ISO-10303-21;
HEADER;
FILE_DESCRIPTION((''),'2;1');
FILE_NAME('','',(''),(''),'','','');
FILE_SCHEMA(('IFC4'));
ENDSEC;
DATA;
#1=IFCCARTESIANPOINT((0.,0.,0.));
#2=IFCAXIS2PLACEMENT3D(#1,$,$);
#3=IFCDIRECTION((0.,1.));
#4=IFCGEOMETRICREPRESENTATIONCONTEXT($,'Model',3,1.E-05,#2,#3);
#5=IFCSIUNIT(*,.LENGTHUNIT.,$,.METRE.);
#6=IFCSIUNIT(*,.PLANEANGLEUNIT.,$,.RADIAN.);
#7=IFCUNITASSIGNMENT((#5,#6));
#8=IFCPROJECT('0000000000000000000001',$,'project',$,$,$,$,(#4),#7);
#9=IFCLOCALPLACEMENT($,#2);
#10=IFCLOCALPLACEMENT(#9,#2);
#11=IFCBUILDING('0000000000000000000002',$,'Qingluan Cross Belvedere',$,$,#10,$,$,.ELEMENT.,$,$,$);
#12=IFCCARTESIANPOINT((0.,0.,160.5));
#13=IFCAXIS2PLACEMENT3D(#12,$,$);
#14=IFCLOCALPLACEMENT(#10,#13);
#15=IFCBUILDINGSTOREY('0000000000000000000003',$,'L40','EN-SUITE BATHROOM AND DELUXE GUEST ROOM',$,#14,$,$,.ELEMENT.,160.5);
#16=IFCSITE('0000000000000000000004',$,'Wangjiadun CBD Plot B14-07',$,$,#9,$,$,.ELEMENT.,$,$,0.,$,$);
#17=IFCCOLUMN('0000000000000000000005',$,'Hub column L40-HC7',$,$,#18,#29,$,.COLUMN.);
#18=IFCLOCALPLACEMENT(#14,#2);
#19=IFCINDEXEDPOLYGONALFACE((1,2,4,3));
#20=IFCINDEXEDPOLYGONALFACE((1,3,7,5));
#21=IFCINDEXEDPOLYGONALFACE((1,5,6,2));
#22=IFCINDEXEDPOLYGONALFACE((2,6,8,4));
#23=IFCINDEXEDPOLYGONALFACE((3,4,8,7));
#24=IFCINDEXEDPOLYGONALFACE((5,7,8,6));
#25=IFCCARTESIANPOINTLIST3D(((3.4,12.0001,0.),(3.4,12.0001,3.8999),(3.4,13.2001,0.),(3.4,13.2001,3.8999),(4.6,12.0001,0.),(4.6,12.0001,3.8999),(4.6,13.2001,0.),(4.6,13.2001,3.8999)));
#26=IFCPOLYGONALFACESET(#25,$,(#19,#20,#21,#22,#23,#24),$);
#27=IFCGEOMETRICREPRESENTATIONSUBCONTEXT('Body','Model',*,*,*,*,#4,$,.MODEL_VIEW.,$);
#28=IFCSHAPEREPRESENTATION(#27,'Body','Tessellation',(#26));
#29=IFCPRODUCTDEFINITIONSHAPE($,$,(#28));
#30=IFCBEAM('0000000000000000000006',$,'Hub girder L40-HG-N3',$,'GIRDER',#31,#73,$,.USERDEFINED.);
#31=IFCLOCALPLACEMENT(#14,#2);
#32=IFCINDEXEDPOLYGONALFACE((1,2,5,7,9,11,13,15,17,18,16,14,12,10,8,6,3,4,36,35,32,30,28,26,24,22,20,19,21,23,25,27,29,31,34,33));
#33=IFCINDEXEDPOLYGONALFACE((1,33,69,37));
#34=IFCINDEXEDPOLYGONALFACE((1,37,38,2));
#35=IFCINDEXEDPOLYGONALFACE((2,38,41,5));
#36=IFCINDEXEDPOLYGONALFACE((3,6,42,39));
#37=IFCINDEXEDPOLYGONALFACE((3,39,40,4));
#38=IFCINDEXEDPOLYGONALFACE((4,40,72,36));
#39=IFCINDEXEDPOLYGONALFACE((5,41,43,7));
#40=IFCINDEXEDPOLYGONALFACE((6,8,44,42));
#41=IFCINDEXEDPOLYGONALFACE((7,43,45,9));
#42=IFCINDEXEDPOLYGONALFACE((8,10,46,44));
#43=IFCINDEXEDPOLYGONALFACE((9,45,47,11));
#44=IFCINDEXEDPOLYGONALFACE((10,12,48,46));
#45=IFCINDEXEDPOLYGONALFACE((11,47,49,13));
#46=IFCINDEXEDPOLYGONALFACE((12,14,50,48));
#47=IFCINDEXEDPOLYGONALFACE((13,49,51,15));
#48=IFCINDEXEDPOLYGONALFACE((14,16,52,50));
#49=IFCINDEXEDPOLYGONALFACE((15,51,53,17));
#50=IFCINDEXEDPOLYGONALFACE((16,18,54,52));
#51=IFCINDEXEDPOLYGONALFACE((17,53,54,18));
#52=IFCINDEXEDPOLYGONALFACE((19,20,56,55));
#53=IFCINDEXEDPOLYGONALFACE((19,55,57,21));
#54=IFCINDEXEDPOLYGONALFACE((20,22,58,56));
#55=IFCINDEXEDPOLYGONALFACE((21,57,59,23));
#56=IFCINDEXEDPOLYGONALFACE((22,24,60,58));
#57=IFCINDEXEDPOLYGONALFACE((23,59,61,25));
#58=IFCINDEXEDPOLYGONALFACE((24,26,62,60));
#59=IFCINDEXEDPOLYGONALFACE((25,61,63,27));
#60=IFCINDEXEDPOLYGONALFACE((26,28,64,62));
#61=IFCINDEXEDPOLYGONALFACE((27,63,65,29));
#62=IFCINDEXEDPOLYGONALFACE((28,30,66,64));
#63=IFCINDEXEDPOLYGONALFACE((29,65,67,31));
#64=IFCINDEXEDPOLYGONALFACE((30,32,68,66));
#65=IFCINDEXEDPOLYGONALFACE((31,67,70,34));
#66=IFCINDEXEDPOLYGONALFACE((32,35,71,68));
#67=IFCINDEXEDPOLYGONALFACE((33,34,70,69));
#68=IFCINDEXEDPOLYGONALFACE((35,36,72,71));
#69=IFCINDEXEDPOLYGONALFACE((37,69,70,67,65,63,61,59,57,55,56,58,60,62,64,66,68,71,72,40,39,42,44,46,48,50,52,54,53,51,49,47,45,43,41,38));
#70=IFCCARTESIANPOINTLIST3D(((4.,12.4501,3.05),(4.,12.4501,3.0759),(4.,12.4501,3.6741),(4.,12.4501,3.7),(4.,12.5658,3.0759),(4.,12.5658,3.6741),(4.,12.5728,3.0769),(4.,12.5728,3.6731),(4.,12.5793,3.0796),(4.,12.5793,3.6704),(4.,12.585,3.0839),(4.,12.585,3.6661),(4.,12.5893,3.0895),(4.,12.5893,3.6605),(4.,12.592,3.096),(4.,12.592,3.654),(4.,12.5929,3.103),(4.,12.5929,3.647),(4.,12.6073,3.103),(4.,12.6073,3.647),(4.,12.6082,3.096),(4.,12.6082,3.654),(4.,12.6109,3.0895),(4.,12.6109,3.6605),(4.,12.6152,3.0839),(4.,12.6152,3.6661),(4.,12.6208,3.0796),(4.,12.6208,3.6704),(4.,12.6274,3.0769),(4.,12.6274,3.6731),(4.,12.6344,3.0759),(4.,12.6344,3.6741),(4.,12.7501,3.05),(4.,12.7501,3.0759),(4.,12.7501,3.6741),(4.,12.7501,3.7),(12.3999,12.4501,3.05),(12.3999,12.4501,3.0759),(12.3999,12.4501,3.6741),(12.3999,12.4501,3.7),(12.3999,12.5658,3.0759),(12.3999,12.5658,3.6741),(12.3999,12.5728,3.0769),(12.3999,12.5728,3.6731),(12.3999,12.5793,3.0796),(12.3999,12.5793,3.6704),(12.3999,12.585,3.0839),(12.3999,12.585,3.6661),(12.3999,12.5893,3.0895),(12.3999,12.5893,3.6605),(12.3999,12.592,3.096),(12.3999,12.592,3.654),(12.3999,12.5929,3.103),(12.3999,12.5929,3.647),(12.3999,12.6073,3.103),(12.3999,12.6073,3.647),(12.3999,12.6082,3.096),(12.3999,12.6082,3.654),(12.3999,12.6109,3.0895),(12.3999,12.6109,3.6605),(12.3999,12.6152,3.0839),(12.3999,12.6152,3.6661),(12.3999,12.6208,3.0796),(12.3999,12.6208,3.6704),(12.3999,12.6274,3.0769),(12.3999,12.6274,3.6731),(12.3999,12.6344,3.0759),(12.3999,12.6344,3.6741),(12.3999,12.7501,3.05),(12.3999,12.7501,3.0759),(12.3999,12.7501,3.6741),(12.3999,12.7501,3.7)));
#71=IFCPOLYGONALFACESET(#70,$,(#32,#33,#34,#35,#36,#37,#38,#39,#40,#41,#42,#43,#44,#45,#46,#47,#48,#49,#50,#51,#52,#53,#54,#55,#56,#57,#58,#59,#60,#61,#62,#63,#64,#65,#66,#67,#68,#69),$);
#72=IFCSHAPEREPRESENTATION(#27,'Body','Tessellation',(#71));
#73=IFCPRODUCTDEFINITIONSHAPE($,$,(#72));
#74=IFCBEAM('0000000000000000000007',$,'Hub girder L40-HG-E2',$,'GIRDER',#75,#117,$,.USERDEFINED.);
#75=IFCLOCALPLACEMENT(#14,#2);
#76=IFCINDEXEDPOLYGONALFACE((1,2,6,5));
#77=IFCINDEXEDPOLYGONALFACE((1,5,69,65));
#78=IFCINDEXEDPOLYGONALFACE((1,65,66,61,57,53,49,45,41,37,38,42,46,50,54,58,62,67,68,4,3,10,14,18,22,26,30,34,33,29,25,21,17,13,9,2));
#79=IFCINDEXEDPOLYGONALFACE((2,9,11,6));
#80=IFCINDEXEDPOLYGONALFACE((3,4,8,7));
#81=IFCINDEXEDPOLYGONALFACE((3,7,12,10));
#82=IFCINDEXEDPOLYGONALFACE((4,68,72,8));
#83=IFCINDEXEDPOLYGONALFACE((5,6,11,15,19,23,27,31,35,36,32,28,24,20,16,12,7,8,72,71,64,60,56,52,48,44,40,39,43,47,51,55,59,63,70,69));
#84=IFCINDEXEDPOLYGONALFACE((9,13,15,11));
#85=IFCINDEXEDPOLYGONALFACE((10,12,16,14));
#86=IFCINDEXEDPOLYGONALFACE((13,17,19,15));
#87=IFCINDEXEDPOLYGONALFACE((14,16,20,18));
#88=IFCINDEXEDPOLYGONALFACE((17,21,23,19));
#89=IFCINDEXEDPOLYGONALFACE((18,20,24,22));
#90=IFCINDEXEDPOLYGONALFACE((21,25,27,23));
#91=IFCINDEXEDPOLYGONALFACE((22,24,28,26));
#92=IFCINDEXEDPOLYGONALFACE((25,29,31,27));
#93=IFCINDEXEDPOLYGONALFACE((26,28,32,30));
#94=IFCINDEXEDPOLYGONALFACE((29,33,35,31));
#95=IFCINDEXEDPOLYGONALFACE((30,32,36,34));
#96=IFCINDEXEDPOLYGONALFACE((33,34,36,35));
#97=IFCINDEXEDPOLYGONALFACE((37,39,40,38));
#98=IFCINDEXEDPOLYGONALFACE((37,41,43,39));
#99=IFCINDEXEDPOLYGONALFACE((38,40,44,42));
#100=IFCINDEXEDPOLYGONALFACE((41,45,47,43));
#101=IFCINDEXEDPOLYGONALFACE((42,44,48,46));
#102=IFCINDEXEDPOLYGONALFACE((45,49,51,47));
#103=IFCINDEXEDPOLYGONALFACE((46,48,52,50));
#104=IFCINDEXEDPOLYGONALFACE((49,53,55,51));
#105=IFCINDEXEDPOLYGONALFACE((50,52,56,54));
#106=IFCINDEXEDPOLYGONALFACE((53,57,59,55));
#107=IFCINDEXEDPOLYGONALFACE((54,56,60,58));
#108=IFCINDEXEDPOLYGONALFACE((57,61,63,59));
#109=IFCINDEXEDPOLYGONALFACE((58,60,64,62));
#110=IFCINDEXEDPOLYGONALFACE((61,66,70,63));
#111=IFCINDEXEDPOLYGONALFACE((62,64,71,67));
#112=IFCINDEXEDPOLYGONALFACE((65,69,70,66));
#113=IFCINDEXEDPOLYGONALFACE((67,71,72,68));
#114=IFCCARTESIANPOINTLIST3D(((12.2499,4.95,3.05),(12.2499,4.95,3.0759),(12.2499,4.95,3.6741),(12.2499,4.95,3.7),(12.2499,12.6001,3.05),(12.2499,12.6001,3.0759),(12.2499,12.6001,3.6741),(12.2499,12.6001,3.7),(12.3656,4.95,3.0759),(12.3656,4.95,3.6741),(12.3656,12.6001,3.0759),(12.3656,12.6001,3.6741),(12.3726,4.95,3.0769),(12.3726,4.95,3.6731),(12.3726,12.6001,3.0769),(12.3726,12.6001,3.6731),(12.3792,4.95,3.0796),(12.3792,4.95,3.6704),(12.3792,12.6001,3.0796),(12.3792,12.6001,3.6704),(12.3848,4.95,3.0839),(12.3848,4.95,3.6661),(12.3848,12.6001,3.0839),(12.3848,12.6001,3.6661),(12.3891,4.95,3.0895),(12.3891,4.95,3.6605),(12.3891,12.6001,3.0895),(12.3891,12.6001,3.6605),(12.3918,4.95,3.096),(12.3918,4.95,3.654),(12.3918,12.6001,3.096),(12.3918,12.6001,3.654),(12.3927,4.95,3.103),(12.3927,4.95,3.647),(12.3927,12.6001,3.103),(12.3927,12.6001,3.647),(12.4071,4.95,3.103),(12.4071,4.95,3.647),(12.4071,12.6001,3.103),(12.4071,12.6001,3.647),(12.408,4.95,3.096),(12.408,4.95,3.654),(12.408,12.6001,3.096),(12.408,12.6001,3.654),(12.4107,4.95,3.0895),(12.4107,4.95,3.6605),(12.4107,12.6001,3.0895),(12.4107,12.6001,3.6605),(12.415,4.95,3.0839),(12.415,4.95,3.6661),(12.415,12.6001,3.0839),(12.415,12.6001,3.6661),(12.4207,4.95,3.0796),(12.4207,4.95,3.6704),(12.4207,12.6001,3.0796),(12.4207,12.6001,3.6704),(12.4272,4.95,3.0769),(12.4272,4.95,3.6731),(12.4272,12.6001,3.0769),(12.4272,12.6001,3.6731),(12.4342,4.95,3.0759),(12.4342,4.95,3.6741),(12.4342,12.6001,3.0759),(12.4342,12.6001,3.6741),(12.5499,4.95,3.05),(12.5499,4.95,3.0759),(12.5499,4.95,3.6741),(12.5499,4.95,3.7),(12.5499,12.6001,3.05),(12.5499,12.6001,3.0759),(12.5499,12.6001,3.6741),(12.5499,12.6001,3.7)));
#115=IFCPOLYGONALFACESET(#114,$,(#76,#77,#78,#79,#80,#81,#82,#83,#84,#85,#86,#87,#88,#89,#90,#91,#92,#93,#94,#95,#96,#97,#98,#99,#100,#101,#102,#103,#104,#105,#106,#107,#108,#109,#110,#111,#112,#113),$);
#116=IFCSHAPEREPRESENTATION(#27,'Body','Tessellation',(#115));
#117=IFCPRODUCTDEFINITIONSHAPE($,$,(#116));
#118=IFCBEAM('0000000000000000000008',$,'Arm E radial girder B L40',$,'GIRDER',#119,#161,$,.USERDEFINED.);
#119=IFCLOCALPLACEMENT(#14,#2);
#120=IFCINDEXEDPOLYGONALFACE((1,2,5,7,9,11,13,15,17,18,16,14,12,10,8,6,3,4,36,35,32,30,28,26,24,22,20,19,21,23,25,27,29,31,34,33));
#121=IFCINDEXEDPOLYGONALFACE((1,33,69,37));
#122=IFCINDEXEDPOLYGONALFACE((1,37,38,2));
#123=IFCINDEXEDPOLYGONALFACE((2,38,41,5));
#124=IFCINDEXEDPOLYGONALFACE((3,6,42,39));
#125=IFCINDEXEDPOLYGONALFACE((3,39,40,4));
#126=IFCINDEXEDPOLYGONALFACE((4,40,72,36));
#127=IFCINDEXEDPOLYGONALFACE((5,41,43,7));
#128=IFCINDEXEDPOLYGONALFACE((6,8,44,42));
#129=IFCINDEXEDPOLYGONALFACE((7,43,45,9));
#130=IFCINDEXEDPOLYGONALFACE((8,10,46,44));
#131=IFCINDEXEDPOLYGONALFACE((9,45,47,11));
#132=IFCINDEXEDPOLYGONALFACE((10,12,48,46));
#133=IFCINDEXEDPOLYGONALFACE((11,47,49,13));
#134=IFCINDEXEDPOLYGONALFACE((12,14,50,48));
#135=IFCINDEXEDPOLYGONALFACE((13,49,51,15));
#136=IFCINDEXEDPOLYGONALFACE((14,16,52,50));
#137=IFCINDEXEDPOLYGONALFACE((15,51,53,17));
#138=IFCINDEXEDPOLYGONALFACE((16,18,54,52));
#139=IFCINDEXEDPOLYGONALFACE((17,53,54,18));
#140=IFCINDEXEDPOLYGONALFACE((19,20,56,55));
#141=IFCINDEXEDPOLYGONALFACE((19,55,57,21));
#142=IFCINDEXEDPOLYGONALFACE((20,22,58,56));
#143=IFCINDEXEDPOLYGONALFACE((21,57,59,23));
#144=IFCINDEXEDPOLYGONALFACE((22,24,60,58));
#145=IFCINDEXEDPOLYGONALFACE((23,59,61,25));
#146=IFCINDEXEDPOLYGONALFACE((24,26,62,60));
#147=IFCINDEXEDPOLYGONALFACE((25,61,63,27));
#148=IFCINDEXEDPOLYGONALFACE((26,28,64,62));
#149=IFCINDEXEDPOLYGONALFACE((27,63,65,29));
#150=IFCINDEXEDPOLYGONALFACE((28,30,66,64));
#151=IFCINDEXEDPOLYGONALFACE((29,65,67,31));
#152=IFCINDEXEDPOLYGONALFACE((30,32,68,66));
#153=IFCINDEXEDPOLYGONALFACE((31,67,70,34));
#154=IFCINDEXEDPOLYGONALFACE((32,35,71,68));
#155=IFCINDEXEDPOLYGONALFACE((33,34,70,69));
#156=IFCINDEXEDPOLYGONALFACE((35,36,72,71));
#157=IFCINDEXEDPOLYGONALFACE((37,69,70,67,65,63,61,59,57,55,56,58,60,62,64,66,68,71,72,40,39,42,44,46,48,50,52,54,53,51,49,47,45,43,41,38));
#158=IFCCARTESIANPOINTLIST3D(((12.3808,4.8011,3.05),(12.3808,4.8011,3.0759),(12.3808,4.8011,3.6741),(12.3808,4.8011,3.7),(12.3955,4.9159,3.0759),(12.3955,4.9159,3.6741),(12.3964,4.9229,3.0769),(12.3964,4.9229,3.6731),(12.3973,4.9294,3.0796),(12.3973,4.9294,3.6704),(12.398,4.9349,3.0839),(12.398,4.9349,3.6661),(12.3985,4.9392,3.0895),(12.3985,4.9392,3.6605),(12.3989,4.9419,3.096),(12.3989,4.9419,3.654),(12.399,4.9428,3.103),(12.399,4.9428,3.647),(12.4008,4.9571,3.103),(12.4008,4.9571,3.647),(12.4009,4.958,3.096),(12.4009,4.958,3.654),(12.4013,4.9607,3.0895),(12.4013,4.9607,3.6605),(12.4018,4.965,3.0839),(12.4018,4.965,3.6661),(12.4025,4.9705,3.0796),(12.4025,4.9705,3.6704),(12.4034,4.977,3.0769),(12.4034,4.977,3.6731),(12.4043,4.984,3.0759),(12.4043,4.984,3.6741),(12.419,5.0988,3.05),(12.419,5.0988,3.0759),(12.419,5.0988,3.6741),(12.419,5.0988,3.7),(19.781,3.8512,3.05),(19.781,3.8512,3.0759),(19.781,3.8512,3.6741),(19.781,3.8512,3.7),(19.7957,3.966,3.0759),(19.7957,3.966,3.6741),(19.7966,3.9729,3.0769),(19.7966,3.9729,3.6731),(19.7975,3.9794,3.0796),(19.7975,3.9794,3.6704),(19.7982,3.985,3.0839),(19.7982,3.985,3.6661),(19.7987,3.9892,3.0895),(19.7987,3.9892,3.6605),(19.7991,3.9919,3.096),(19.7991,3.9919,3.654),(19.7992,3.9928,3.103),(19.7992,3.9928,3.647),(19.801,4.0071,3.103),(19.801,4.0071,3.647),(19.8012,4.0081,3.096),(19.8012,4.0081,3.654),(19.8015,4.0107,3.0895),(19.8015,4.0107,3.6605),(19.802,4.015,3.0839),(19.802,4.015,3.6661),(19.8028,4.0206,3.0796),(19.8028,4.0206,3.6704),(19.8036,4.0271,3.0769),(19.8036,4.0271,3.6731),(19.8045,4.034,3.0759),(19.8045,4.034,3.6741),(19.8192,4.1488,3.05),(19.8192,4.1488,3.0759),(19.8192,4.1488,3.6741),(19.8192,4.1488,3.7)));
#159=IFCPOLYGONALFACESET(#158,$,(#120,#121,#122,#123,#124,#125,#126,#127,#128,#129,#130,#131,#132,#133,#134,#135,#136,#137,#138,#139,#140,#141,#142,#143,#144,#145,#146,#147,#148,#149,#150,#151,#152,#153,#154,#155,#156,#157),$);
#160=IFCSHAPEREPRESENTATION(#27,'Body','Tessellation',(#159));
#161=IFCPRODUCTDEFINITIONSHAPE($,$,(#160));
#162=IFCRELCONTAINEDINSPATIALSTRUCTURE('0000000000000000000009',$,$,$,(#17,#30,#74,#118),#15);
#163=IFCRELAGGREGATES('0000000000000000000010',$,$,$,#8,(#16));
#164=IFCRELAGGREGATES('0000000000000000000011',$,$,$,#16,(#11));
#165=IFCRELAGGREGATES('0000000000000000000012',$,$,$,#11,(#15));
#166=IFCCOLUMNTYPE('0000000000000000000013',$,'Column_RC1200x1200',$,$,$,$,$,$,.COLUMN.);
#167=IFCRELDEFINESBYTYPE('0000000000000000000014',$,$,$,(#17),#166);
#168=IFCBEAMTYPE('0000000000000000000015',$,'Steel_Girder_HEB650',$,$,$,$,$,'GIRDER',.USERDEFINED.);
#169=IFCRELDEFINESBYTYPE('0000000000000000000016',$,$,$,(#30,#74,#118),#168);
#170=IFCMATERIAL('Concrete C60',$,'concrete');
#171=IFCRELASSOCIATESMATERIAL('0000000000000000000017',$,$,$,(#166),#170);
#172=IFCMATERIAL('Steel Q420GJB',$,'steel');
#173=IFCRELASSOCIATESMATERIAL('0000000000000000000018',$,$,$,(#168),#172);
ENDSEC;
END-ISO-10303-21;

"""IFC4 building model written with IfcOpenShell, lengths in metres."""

from ifc_helpers import new_model, si_unit, direction, frame, origin, origin_2d, place, context, subcontext, project, spatial, rectangle, i_section, extrude, material, material_profile, profile_set, type_object, element, save


model = new_model("IFC4")

# Units and contexts
model_context = context("Model", 3, precision=1e-05, world=origin(), true_north=direction((0.0, 1.0)))
body_context = subcontext(model_context, "Body", "Model", "MODEL_VIEW")
ifc_project = project(units=[si_unit("LENGTHUNIT", "METRE"), si_unit("PLANEANGLEUNIT", "RADIAN")], contexts=[model_context])

# Site, building, storey
site_placement = place(None, origin())
site = spatial("IfcSite", under=ifc_project, at=site_placement, Name="Wangjiadun CBD Plot B14-07", CompositionType="ELEMENT", RefElevation=0.0)
building_placement = place(site_placement, origin())
building = spatial("IfcBuilding", under=site, at=building_placement, Name="Qingluan Cross Belvedere", CompositionType="ELEMENT")
storey_placement = place(building_placement, frame((0.0, 0.0, 160.5)))
storey = spatial("IfcBuildingStorey", under=building, at=storey_placement, Name="L40", Description="EN-SUITE BATHROOM AND DELUXE GUEST ROOM", CompositionType="ELEMENT", Elevation=160.5)

# Column
ifc_material_1 = material(Name="Concrete C60", Category="concrete")
ifc_material_profile_1 = material_profile(ifc_material_1, rectangle(XDim=1.2, YDim=1.2, at=origin_2d()), Name="RC1200x1200")
ifc_profile_set_1 = profile_set([ifc_material_profile_1], Name="Concrete C60")
column_type = type_object("IfcColumnType", Name="Column_RC1200x1200", PredefinedType="COLUMN", material=ifc_profile_set_1)
column_placement = place(storey_placement, frame((4.0, 12.6001, 0.0), z_axis=(0.0, 0.0, 1.0), x_axis=(1.0, 0.0, 0.0)))
element("IfcColumn", 1, at=column_placement, inside=storey, type_object=column_type, Name="Hub column L40-HC7", PredefinedType="COLUMN", context=body_context, shape_type="SweptSolid", body=[
    extrude(rectangle(XDim=1.2, YDim=1.2, at=origin_2d()), origin(), (0.0, 0.0, 1.0), 3.8999),
])

# Beams
ifc_material_2 = material(Name="Steel Q420GJB", Category="steel")
ifc_material_profile_2 = material_profile(ifc_material_2, i_section(OverallWidth=0.3, OverallDepth=0.6499, WebThickness=0.0144, FlangeThickness=0.0259, FilletRadius=0.0271, at=origin_2d()), Name="HEB650")
ifc_profile_set_2 = profile_set([ifc_material_profile_2], Name="Steel Q420GJB")
beam_type = type_object("IfcBeamType", Name="Steel_Girder_HEB650", ElementType="GIRDER", PredefinedType="USERDEFINED", material=ifc_profile_set_2)
beam_1_placement = place(storey_placement, frame((4.0, 12.6001, 3.375), z_axis=(1.0, 0.0, 0.0), x_axis=(0.0, 1.0, 0.0)))
element("IfcBeam", 2, at=beam_1_placement, inside=storey, type_object=beam_type, Name="Hub girder L40-HG-N3", ObjectType="GIRDER", PredefinedType="USERDEFINED", context=body_context, shape_type="SweptSolid", body=[
    extrude(i_section(OverallWidth=0.3, OverallDepth=0.6499, WebThickness=0.0144, FlangeThickness=0.0259, FilletRadius=0.0271, at=origin_2d()), origin(), (0.0, 0.0, 1.0), 8.3999),
])
beam_2_placement = place(storey_placement, frame((12.3999, 4.95, 3.375), z_axis=(0.0, 1.0, 0.0), x_axis=(-1.0, 0.0, 0.0)))
element("IfcBeam", 3, at=beam_2_placement, inside=storey, type_object=beam_type, Name="Hub girder L40-HG-E2", ObjectType="GIRDER", PredefinedType="USERDEFINED", context=body_context, shape_type="SweptSolid", body=[
    extrude(i_section(OverallWidth=0.3, OverallDepth=0.6499, WebThickness=0.0144, FlangeThickness=0.0259, FilletRadius=0.0271, at=origin_2d()), origin(), (0.0, 0.0, 1.0), 7.6501),
])
beam_3_placement = place(storey_placement, frame((12.3999, 4.95, 3.375), z_axis=(0.991861, -0.127324, 0.0), x_axis=(0.127324, 0.991861, 0.0)))
element("IfcBeam", 4, at=beam_3_placement, inside=storey, type_object=beam_type, Name="Arm E radial girder B L40", ObjectType="GIRDER", PredefinedType="USERDEFINED", context=body_context, shape_type="SweptSolid", body=[
    extrude(i_section(OverallWidth=0.3, OverallDepth=0.6499, WebThickness=0.0144, FlangeThickness=0.0259, FilletRadius=0.0271, at=origin_2d()), origin(), (0.0, 0.0, 1.0), 7.4609),
])

save(model, "model.ifc")
